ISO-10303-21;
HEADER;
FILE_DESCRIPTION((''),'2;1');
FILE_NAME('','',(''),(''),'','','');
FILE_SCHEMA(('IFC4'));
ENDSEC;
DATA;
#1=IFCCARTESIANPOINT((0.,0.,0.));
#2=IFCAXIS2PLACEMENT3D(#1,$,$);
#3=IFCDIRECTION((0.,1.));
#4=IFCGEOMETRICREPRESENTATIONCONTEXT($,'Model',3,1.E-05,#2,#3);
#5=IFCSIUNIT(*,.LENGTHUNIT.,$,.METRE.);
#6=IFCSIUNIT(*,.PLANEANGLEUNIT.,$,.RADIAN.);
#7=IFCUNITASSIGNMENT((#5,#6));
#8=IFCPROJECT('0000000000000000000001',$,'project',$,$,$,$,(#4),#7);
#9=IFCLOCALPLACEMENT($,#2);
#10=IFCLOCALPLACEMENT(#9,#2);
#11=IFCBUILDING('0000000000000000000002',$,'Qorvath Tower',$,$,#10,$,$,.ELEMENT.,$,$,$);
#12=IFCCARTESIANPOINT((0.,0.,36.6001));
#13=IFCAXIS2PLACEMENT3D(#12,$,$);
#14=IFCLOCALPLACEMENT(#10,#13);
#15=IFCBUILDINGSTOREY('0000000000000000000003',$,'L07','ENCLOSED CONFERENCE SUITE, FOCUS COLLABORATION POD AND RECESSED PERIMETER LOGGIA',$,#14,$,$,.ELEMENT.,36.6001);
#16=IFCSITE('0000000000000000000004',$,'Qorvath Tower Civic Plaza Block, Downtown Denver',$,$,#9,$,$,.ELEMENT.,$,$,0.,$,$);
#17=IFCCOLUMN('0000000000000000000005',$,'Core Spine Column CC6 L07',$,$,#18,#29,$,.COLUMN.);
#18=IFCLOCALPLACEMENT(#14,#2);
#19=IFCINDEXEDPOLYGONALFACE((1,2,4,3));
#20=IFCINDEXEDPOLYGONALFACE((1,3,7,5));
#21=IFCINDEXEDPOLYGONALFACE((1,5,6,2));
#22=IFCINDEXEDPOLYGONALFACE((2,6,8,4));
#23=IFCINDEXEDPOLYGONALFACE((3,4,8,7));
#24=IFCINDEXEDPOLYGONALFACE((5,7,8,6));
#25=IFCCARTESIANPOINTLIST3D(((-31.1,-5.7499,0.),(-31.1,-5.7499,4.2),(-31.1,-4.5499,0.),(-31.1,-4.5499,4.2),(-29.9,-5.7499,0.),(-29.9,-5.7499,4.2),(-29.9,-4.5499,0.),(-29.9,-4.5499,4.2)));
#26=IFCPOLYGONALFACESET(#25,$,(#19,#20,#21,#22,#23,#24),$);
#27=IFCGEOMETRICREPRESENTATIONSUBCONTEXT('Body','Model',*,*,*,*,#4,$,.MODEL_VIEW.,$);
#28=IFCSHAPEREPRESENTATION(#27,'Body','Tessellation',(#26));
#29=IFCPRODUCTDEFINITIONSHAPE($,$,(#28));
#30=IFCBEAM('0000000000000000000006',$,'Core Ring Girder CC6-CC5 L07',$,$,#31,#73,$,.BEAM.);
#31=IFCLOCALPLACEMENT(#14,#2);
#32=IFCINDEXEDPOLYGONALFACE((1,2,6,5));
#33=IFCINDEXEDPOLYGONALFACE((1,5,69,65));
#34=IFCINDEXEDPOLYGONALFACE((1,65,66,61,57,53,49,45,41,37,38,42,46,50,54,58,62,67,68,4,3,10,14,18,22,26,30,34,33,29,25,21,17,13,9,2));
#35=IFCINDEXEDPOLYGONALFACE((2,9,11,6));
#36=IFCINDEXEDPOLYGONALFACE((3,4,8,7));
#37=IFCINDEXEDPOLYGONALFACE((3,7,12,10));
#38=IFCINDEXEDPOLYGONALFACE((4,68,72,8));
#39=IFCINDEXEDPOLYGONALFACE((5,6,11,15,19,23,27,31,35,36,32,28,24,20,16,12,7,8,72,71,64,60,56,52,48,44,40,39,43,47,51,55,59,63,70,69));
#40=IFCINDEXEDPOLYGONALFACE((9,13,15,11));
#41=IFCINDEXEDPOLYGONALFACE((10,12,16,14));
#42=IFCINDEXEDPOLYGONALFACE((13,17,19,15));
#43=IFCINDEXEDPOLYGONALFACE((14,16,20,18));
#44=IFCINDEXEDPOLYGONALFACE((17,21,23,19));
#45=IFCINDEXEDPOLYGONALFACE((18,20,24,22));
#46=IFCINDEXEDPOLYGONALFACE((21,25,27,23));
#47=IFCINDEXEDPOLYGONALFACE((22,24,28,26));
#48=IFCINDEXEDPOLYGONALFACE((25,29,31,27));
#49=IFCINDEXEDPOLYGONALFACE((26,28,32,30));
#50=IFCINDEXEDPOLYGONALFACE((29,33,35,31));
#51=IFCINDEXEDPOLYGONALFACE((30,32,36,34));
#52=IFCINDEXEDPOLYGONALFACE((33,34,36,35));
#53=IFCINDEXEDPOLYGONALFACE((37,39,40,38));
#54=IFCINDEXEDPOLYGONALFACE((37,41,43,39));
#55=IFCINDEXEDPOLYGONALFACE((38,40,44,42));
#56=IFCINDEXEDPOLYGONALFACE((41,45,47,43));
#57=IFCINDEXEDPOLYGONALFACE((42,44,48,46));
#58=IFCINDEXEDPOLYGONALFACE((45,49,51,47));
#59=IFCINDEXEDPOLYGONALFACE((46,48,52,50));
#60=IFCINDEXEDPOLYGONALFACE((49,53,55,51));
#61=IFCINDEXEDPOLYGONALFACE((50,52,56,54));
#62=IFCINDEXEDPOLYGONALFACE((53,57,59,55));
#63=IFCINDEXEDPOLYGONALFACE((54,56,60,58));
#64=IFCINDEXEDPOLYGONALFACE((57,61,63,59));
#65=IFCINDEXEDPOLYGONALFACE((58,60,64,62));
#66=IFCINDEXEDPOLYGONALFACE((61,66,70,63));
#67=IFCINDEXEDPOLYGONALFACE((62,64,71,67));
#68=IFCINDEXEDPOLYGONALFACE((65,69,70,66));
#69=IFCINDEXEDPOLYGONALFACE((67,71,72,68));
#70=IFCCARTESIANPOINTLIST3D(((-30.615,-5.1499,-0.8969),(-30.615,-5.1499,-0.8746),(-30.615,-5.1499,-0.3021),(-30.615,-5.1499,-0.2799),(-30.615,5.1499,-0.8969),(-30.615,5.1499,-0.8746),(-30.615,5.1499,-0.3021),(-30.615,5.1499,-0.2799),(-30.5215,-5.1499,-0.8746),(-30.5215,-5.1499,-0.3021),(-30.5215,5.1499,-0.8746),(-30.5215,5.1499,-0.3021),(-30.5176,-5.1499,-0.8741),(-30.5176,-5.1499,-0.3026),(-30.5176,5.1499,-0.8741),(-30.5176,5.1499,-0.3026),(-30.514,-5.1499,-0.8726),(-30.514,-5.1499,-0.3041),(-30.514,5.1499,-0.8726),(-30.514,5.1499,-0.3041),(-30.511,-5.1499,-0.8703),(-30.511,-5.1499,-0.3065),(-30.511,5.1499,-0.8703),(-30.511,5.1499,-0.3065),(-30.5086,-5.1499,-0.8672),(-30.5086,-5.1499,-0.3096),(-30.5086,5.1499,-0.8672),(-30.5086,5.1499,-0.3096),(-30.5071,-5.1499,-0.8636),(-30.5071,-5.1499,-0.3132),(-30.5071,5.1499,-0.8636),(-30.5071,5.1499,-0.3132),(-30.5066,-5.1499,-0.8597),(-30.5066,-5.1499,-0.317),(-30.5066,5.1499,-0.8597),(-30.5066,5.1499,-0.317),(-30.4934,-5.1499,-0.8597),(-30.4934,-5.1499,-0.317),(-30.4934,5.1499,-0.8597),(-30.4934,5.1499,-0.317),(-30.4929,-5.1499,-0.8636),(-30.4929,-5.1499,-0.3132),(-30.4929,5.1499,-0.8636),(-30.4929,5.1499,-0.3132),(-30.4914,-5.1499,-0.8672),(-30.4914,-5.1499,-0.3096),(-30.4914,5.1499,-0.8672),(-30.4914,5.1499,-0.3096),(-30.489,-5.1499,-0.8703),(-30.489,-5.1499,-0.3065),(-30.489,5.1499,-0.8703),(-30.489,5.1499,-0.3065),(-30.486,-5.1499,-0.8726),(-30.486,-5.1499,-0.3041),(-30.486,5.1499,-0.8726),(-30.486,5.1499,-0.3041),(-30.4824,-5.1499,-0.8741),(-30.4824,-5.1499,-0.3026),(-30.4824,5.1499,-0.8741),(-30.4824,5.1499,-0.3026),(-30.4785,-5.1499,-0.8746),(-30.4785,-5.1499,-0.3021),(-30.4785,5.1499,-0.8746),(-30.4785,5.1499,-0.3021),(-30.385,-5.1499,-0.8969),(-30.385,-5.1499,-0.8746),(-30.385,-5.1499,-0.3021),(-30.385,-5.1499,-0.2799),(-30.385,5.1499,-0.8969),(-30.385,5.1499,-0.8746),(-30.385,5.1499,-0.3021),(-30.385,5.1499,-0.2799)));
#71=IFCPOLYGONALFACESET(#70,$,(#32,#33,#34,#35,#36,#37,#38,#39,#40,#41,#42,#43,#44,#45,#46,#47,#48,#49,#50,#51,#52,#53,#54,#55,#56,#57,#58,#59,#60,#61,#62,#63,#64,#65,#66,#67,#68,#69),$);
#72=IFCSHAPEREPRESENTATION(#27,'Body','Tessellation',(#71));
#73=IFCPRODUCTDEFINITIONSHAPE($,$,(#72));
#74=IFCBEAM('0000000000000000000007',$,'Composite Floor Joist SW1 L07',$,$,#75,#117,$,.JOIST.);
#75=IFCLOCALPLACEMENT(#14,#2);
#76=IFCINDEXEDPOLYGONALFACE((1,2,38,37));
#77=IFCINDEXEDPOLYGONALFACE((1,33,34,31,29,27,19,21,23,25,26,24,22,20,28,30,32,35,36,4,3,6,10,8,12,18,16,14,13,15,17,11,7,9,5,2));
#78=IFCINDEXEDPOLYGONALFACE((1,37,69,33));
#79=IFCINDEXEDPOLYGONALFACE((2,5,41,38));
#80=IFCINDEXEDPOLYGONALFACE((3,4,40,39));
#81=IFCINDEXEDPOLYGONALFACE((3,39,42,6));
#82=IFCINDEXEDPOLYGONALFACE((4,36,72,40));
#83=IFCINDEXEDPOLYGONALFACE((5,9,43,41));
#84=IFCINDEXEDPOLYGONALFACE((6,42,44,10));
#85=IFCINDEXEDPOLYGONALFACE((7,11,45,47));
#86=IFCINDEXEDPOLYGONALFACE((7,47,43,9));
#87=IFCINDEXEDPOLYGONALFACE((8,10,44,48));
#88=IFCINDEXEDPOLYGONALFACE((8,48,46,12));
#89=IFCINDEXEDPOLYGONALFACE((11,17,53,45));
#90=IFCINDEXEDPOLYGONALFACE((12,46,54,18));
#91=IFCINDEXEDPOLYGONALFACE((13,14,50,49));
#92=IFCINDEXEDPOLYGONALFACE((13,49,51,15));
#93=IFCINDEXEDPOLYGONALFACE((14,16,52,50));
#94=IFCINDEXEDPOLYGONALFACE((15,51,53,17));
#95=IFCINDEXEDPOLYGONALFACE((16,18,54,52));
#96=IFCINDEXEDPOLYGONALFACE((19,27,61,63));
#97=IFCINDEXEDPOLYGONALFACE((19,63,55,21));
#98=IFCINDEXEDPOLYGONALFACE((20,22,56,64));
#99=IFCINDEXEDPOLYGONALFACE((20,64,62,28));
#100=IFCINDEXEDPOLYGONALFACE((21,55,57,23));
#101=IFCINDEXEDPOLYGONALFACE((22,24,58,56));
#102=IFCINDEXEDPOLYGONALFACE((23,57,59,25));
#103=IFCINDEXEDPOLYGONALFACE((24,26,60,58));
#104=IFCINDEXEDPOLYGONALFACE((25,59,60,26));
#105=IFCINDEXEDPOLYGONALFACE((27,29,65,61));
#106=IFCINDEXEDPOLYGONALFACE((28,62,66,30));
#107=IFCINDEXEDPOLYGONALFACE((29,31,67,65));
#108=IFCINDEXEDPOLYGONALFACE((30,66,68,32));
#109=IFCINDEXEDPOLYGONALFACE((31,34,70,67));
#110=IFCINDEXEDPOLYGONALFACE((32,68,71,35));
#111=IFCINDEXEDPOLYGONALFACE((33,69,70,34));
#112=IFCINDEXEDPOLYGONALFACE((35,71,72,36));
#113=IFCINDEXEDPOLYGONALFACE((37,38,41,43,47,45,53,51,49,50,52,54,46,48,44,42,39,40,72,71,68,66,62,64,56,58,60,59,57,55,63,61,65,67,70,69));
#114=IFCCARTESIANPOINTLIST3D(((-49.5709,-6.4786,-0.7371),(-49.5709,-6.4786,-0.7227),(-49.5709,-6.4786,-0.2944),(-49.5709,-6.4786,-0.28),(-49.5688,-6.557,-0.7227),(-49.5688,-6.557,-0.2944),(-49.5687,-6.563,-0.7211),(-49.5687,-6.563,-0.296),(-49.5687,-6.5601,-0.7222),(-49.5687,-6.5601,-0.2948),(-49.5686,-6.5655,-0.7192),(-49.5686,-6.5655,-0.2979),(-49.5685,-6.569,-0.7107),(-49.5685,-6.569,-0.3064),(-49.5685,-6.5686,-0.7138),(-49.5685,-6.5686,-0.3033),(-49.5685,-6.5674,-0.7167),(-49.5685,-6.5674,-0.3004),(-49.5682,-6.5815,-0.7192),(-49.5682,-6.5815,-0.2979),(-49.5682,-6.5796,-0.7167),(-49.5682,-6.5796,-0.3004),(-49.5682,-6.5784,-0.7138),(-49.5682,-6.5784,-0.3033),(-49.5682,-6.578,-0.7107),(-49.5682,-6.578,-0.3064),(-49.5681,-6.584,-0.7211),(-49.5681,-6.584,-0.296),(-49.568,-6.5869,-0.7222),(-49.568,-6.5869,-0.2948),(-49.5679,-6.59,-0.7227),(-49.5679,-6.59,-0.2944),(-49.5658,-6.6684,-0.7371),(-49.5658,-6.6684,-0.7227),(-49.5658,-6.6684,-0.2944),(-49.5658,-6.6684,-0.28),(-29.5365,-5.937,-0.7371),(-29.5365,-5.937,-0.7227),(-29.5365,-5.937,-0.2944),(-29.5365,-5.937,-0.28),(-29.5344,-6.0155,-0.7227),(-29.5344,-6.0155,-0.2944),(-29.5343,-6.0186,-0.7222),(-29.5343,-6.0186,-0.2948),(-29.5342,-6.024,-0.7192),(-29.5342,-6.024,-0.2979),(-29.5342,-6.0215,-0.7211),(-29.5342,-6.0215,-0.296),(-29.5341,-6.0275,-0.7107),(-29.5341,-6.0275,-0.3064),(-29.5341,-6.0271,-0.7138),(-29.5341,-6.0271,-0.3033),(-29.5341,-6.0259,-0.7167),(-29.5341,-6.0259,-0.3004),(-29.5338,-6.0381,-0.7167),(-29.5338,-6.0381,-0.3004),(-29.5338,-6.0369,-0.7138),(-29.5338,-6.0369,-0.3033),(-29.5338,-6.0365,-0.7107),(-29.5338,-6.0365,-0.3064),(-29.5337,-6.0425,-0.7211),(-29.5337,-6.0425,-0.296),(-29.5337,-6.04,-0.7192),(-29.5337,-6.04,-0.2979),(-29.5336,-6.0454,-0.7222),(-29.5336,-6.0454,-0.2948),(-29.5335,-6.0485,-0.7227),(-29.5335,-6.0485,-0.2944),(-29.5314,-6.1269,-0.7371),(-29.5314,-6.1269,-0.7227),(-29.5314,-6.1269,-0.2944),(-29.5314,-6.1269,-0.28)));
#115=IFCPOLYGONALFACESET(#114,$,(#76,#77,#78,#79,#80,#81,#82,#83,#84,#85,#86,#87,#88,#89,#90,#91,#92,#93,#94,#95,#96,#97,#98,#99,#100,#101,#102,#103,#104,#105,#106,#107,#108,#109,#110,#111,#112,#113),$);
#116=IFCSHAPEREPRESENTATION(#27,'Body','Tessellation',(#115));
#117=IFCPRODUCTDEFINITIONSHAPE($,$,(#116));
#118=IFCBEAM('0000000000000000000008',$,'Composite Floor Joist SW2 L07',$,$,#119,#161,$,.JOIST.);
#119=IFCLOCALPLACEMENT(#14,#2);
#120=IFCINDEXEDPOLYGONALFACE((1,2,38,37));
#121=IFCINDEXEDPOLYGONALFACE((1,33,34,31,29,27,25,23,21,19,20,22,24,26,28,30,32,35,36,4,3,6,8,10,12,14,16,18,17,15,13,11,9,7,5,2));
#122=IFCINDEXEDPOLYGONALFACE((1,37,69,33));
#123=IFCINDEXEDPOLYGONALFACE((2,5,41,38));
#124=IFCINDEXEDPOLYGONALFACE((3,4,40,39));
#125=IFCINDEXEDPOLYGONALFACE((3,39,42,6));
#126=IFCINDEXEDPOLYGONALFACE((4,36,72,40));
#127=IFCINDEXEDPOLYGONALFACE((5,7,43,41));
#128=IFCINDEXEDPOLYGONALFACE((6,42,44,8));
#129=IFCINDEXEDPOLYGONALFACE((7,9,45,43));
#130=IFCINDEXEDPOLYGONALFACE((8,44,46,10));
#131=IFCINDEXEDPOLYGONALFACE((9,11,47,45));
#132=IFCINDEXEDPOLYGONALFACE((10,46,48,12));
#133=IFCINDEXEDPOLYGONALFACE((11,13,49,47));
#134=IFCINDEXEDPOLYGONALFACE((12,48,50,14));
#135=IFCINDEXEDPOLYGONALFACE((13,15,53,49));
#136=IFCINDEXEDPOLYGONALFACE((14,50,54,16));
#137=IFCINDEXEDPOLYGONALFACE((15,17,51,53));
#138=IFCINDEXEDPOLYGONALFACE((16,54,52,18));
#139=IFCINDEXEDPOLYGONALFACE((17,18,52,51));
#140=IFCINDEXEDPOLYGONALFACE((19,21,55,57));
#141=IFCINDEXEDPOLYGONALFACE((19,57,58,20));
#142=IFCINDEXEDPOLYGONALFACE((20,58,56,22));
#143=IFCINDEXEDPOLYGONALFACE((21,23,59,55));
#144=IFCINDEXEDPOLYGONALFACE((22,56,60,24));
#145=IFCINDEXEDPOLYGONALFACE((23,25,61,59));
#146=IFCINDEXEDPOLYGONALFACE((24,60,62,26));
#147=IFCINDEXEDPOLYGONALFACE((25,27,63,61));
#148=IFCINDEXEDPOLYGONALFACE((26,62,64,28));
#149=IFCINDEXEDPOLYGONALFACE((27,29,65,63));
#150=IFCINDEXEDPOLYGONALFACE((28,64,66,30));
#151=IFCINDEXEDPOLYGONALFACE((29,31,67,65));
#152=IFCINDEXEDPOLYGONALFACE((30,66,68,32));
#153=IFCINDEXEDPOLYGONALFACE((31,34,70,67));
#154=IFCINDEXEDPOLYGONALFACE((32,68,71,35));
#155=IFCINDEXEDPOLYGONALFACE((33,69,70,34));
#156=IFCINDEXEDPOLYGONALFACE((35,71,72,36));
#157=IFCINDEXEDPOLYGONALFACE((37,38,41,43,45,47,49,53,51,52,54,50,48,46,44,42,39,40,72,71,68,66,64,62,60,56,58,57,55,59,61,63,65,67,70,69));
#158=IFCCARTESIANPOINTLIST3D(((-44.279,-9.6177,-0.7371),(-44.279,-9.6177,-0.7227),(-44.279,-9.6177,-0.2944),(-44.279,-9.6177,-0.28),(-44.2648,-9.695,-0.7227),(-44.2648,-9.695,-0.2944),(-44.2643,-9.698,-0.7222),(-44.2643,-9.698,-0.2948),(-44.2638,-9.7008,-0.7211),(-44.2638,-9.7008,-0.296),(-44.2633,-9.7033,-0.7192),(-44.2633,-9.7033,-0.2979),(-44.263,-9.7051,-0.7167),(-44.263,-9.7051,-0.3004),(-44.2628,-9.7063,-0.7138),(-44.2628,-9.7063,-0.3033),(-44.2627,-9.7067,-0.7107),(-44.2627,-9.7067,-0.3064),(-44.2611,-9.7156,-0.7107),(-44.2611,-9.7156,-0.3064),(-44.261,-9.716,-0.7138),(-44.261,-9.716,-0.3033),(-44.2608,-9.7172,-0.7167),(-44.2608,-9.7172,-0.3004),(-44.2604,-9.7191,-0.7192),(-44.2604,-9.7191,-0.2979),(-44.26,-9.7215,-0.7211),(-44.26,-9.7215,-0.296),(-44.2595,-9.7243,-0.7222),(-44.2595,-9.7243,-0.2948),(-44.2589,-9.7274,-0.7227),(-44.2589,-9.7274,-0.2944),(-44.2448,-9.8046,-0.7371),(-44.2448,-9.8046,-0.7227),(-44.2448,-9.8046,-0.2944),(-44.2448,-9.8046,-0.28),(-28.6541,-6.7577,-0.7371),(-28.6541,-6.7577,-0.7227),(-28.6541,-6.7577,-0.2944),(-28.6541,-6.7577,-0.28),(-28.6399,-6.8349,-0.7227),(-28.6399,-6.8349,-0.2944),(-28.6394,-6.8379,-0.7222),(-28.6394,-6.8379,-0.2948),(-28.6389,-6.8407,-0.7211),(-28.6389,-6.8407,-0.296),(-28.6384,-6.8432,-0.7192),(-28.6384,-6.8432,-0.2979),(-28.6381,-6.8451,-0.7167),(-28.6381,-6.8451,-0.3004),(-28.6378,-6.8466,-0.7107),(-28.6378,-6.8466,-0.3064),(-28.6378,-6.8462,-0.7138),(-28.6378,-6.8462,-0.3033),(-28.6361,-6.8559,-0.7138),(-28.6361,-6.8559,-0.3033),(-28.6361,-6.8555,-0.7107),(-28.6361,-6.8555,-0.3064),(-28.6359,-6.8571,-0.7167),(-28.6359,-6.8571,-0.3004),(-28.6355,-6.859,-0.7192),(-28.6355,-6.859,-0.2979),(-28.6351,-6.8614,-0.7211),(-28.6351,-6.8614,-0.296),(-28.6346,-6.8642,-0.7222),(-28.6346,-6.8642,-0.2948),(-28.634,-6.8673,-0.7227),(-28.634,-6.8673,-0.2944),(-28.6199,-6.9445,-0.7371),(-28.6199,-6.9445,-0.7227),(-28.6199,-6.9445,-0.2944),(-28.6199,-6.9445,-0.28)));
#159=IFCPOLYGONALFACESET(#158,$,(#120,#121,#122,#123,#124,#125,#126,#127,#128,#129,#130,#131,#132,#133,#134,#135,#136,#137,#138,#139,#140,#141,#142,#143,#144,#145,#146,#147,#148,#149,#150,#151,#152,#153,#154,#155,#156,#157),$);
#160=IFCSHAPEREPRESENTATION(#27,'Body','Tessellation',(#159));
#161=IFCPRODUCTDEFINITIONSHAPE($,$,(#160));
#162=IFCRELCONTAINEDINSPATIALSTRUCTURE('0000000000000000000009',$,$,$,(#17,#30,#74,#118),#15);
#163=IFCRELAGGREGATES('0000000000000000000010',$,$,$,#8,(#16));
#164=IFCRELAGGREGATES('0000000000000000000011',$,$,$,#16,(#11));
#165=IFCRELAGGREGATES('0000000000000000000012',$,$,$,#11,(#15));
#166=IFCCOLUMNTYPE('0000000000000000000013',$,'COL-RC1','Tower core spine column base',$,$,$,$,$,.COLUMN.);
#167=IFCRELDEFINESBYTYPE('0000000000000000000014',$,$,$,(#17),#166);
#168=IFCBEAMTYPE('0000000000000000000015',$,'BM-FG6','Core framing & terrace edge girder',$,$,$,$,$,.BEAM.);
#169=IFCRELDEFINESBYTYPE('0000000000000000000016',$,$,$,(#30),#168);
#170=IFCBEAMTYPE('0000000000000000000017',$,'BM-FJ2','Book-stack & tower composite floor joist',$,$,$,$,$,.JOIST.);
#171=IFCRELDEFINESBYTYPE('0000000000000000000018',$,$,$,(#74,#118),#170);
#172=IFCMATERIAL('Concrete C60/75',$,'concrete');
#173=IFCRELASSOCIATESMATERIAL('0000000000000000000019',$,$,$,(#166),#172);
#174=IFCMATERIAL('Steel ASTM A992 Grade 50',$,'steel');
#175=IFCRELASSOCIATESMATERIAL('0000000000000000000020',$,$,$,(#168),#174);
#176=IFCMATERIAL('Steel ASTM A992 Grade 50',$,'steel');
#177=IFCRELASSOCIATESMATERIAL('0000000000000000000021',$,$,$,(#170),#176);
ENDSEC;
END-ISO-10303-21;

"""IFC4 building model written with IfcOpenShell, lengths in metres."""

from ifc_helpers import new_model, si_unit, direction, frame, origin, origin_2d, place, context, subcontext, project, spatial, rectangle, i_section, extrude, material, material_profile, profile_set, type_object, element, save


model = new_model("IFC4")

# Units and contexts
model_context = context("Model", 3, precision=1e-05, world=origin(), true_north=direction((0.0, 1.0)))
body_context = subcontext(model_context, "Body", "Model", "MODEL_VIEW")
ifc_project = project(units=[si_unit("LENGTHUNIT", "METRE"), si_unit("PLANEANGLEUNIT", "RADIAN")], contexts=[model_context])

# Site, building, storey
site_placement = place(None, origin())
site = spatial("IfcSite", under=ifc_project, at=site_placement, Name="Qorvath Tower Civic Plaza Block, Downtown Denver", CompositionType="ELEMENT", RefElevation=0.0)
building_placement = place(site_placement, origin())
building = spatial("IfcBuilding", under=site, at=building_placement, Name="Qorvath Tower", CompositionType="ELEMENT")
storey_placement = place(building_placement, frame((0.0, 0.0, 36.6001)))
storey = spatial("IfcBuildingStorey", under=building, at=storey_placement, Name="L07", Description="ENCLOSED CONFERENCE SUITE, FOCUS COLLABORATION POD AND RECESSED PERIMETER LOGGIA", CompositionType="ELEMENT", Elevation=36.6001)

# Column
ifc_material_1 = material(Name="Concrete C60/75", Category="concrete")
ifc_material_profile_1 = material_profile(ifc_material_1, rectangle(XDim=1.2, YDim=1.2, at=origin_2d()), Name="RC 1200x1200")
ifc_profile_set_1 = profile_set([ifc_material_profile_1], Name="Concrete C60/75")
column_type = type_object("IfcColumnType", Name="COL-RC1", Description="Tower core spine column base", PredefinedType="COLUMN", material=ifc_profile_set_1)
column_placement = place(storey_placement, frame((-30.5, -5.1499, 0.0), z_axis=(0.0, 0.0, 1.0), x_axis=(1.0, 0.0, 0.0)))
element("IfcColumn", 1, at=column_placement, inside=storey, type_object=column_type, Name="Core Spine Column CC6 L07", PredefinedType="COLUMN", context=body_context, shape_type="SweptSolid", body=[
    extrude(rectangle(XDim=1.2, YDim=1.2, at=origin_2d()), origin(), (0.0, 0.0, 1.0), 4.2),
])

# Beams
ifc_material_2 = material(Name="Steel ASTM A992 Grade 50", Category="steel")
ifc_material_profile_2 = material_profile(ifc_material_2, i_section(OverallWidth=0.23, OverallDepth=0.6169, WebThickness=0.0132, FlangeThickness=0.0222, FilletRadius=0.0149, at=origin_2d()), Name="W24x94")
ifc_profile_set_2 = profile_set([ifc_material_profile_2], Name="Steel ASTM A992 Grade 50")
beam_type_1 = type_object("IfcBeamType", Name="BM-FG6", Description="Core framing & terrace edge girder", PredefinedType="BEAM", material=ifc_profile_set_2)
beam_1_placement = place(storey_placement, frame((-30.5, -5.1499, -0.5884), z_axis=(0.0, 1.0, 0.0), x_axis=(-1.0, 0.0, 0.0)))
element("IfcBeam", 2, at=beam_1_placement, inside=storey, type_object=beam_type_1, Name="Core Ring Girder CC6-CC5 L07", PredefinedType="BEAM", context=body_context, shape_type="SweptSolid", body=[
    extrude(i_section(OverallWidth=0.23, OverallDepth=0.6169, WebThickness=0.0132, FlangeThickness=0.0222, FilletRadius=0.0149, at=origin_2d()), origin(), (0.0, 0.0, 1.0), 10.2998),
])
ifc_material_3 = material(Name="Steel ASTM A992 Grade 50", Category="steel")
ifc_material_profile_3 = material_profile(ifc_material_3, i_section(OverallWidth=0.1899, OverallDepth=0.457, WebThickness=0.009, FlangeThickness=0.0144, FilletRadius=0.012, at=origin_2d()), Name="W18x50")
ifc_profile_set_3 = profile_set([ifc_material_profile_3], Name="Steel ASTM A992 Grade 50")
beam_type_2 = type_object("IfcBeamType", Name="BM-FJ2", Description="Book-stack & tower composite floor joist", PredefinedType="JOIST", material=ifc_profile_set_3)
beam_2_placement = place(storey_placement, frame((-29.5339, -6.032, -0.5085), z_axis=(-0.999635, -0.027019, 0.0), x_axis=(0.027019, -0.999635, 0.0)))
element("IfcBeam", 3, at=beam_2_placement, inside=storey, type_object=beam_type_2, Name="Composite Floor Joist SW1 L07", PredefinedType="JOIST", context=body_context, shape_type="SweptSolid", body=[
    extrude(i_section(OverallWidth=0.1899, OverallDepth=0.457, WebThickness=0.009, FlangeThickness=0.0144, FilletRadius=0.012, at=origin_2d()), origin(), (0.0, 0.0, 1.0), 20.0417),
])
beam_3_placement = place(storey_placement, frame((-28.637, -6.8511, -0.5085), z_axis=(-0.983656, -0.180055, 0.0), x_axis=(0.180055, -0.983656, 0.0)))
element("IfcBeam", 4, at=beam_3_placement, inside=storey, type_object=beam_type_2, Name="Composite Floor Joist SW2 L07", PredefinedType="JOIST", context=body_context, shape_type="SweptSolid", body=[
    extrude(i_section(OverallWidth=0.1899, OverallDepth=0.457, WebThickness=0.009, FlangeThickness=0.0144, FilletRadius=0.012, at=origin_2d()), origin(), (0.0, 0.0, 1.0), 15.8845),
])

save(model, "model.ifc")
